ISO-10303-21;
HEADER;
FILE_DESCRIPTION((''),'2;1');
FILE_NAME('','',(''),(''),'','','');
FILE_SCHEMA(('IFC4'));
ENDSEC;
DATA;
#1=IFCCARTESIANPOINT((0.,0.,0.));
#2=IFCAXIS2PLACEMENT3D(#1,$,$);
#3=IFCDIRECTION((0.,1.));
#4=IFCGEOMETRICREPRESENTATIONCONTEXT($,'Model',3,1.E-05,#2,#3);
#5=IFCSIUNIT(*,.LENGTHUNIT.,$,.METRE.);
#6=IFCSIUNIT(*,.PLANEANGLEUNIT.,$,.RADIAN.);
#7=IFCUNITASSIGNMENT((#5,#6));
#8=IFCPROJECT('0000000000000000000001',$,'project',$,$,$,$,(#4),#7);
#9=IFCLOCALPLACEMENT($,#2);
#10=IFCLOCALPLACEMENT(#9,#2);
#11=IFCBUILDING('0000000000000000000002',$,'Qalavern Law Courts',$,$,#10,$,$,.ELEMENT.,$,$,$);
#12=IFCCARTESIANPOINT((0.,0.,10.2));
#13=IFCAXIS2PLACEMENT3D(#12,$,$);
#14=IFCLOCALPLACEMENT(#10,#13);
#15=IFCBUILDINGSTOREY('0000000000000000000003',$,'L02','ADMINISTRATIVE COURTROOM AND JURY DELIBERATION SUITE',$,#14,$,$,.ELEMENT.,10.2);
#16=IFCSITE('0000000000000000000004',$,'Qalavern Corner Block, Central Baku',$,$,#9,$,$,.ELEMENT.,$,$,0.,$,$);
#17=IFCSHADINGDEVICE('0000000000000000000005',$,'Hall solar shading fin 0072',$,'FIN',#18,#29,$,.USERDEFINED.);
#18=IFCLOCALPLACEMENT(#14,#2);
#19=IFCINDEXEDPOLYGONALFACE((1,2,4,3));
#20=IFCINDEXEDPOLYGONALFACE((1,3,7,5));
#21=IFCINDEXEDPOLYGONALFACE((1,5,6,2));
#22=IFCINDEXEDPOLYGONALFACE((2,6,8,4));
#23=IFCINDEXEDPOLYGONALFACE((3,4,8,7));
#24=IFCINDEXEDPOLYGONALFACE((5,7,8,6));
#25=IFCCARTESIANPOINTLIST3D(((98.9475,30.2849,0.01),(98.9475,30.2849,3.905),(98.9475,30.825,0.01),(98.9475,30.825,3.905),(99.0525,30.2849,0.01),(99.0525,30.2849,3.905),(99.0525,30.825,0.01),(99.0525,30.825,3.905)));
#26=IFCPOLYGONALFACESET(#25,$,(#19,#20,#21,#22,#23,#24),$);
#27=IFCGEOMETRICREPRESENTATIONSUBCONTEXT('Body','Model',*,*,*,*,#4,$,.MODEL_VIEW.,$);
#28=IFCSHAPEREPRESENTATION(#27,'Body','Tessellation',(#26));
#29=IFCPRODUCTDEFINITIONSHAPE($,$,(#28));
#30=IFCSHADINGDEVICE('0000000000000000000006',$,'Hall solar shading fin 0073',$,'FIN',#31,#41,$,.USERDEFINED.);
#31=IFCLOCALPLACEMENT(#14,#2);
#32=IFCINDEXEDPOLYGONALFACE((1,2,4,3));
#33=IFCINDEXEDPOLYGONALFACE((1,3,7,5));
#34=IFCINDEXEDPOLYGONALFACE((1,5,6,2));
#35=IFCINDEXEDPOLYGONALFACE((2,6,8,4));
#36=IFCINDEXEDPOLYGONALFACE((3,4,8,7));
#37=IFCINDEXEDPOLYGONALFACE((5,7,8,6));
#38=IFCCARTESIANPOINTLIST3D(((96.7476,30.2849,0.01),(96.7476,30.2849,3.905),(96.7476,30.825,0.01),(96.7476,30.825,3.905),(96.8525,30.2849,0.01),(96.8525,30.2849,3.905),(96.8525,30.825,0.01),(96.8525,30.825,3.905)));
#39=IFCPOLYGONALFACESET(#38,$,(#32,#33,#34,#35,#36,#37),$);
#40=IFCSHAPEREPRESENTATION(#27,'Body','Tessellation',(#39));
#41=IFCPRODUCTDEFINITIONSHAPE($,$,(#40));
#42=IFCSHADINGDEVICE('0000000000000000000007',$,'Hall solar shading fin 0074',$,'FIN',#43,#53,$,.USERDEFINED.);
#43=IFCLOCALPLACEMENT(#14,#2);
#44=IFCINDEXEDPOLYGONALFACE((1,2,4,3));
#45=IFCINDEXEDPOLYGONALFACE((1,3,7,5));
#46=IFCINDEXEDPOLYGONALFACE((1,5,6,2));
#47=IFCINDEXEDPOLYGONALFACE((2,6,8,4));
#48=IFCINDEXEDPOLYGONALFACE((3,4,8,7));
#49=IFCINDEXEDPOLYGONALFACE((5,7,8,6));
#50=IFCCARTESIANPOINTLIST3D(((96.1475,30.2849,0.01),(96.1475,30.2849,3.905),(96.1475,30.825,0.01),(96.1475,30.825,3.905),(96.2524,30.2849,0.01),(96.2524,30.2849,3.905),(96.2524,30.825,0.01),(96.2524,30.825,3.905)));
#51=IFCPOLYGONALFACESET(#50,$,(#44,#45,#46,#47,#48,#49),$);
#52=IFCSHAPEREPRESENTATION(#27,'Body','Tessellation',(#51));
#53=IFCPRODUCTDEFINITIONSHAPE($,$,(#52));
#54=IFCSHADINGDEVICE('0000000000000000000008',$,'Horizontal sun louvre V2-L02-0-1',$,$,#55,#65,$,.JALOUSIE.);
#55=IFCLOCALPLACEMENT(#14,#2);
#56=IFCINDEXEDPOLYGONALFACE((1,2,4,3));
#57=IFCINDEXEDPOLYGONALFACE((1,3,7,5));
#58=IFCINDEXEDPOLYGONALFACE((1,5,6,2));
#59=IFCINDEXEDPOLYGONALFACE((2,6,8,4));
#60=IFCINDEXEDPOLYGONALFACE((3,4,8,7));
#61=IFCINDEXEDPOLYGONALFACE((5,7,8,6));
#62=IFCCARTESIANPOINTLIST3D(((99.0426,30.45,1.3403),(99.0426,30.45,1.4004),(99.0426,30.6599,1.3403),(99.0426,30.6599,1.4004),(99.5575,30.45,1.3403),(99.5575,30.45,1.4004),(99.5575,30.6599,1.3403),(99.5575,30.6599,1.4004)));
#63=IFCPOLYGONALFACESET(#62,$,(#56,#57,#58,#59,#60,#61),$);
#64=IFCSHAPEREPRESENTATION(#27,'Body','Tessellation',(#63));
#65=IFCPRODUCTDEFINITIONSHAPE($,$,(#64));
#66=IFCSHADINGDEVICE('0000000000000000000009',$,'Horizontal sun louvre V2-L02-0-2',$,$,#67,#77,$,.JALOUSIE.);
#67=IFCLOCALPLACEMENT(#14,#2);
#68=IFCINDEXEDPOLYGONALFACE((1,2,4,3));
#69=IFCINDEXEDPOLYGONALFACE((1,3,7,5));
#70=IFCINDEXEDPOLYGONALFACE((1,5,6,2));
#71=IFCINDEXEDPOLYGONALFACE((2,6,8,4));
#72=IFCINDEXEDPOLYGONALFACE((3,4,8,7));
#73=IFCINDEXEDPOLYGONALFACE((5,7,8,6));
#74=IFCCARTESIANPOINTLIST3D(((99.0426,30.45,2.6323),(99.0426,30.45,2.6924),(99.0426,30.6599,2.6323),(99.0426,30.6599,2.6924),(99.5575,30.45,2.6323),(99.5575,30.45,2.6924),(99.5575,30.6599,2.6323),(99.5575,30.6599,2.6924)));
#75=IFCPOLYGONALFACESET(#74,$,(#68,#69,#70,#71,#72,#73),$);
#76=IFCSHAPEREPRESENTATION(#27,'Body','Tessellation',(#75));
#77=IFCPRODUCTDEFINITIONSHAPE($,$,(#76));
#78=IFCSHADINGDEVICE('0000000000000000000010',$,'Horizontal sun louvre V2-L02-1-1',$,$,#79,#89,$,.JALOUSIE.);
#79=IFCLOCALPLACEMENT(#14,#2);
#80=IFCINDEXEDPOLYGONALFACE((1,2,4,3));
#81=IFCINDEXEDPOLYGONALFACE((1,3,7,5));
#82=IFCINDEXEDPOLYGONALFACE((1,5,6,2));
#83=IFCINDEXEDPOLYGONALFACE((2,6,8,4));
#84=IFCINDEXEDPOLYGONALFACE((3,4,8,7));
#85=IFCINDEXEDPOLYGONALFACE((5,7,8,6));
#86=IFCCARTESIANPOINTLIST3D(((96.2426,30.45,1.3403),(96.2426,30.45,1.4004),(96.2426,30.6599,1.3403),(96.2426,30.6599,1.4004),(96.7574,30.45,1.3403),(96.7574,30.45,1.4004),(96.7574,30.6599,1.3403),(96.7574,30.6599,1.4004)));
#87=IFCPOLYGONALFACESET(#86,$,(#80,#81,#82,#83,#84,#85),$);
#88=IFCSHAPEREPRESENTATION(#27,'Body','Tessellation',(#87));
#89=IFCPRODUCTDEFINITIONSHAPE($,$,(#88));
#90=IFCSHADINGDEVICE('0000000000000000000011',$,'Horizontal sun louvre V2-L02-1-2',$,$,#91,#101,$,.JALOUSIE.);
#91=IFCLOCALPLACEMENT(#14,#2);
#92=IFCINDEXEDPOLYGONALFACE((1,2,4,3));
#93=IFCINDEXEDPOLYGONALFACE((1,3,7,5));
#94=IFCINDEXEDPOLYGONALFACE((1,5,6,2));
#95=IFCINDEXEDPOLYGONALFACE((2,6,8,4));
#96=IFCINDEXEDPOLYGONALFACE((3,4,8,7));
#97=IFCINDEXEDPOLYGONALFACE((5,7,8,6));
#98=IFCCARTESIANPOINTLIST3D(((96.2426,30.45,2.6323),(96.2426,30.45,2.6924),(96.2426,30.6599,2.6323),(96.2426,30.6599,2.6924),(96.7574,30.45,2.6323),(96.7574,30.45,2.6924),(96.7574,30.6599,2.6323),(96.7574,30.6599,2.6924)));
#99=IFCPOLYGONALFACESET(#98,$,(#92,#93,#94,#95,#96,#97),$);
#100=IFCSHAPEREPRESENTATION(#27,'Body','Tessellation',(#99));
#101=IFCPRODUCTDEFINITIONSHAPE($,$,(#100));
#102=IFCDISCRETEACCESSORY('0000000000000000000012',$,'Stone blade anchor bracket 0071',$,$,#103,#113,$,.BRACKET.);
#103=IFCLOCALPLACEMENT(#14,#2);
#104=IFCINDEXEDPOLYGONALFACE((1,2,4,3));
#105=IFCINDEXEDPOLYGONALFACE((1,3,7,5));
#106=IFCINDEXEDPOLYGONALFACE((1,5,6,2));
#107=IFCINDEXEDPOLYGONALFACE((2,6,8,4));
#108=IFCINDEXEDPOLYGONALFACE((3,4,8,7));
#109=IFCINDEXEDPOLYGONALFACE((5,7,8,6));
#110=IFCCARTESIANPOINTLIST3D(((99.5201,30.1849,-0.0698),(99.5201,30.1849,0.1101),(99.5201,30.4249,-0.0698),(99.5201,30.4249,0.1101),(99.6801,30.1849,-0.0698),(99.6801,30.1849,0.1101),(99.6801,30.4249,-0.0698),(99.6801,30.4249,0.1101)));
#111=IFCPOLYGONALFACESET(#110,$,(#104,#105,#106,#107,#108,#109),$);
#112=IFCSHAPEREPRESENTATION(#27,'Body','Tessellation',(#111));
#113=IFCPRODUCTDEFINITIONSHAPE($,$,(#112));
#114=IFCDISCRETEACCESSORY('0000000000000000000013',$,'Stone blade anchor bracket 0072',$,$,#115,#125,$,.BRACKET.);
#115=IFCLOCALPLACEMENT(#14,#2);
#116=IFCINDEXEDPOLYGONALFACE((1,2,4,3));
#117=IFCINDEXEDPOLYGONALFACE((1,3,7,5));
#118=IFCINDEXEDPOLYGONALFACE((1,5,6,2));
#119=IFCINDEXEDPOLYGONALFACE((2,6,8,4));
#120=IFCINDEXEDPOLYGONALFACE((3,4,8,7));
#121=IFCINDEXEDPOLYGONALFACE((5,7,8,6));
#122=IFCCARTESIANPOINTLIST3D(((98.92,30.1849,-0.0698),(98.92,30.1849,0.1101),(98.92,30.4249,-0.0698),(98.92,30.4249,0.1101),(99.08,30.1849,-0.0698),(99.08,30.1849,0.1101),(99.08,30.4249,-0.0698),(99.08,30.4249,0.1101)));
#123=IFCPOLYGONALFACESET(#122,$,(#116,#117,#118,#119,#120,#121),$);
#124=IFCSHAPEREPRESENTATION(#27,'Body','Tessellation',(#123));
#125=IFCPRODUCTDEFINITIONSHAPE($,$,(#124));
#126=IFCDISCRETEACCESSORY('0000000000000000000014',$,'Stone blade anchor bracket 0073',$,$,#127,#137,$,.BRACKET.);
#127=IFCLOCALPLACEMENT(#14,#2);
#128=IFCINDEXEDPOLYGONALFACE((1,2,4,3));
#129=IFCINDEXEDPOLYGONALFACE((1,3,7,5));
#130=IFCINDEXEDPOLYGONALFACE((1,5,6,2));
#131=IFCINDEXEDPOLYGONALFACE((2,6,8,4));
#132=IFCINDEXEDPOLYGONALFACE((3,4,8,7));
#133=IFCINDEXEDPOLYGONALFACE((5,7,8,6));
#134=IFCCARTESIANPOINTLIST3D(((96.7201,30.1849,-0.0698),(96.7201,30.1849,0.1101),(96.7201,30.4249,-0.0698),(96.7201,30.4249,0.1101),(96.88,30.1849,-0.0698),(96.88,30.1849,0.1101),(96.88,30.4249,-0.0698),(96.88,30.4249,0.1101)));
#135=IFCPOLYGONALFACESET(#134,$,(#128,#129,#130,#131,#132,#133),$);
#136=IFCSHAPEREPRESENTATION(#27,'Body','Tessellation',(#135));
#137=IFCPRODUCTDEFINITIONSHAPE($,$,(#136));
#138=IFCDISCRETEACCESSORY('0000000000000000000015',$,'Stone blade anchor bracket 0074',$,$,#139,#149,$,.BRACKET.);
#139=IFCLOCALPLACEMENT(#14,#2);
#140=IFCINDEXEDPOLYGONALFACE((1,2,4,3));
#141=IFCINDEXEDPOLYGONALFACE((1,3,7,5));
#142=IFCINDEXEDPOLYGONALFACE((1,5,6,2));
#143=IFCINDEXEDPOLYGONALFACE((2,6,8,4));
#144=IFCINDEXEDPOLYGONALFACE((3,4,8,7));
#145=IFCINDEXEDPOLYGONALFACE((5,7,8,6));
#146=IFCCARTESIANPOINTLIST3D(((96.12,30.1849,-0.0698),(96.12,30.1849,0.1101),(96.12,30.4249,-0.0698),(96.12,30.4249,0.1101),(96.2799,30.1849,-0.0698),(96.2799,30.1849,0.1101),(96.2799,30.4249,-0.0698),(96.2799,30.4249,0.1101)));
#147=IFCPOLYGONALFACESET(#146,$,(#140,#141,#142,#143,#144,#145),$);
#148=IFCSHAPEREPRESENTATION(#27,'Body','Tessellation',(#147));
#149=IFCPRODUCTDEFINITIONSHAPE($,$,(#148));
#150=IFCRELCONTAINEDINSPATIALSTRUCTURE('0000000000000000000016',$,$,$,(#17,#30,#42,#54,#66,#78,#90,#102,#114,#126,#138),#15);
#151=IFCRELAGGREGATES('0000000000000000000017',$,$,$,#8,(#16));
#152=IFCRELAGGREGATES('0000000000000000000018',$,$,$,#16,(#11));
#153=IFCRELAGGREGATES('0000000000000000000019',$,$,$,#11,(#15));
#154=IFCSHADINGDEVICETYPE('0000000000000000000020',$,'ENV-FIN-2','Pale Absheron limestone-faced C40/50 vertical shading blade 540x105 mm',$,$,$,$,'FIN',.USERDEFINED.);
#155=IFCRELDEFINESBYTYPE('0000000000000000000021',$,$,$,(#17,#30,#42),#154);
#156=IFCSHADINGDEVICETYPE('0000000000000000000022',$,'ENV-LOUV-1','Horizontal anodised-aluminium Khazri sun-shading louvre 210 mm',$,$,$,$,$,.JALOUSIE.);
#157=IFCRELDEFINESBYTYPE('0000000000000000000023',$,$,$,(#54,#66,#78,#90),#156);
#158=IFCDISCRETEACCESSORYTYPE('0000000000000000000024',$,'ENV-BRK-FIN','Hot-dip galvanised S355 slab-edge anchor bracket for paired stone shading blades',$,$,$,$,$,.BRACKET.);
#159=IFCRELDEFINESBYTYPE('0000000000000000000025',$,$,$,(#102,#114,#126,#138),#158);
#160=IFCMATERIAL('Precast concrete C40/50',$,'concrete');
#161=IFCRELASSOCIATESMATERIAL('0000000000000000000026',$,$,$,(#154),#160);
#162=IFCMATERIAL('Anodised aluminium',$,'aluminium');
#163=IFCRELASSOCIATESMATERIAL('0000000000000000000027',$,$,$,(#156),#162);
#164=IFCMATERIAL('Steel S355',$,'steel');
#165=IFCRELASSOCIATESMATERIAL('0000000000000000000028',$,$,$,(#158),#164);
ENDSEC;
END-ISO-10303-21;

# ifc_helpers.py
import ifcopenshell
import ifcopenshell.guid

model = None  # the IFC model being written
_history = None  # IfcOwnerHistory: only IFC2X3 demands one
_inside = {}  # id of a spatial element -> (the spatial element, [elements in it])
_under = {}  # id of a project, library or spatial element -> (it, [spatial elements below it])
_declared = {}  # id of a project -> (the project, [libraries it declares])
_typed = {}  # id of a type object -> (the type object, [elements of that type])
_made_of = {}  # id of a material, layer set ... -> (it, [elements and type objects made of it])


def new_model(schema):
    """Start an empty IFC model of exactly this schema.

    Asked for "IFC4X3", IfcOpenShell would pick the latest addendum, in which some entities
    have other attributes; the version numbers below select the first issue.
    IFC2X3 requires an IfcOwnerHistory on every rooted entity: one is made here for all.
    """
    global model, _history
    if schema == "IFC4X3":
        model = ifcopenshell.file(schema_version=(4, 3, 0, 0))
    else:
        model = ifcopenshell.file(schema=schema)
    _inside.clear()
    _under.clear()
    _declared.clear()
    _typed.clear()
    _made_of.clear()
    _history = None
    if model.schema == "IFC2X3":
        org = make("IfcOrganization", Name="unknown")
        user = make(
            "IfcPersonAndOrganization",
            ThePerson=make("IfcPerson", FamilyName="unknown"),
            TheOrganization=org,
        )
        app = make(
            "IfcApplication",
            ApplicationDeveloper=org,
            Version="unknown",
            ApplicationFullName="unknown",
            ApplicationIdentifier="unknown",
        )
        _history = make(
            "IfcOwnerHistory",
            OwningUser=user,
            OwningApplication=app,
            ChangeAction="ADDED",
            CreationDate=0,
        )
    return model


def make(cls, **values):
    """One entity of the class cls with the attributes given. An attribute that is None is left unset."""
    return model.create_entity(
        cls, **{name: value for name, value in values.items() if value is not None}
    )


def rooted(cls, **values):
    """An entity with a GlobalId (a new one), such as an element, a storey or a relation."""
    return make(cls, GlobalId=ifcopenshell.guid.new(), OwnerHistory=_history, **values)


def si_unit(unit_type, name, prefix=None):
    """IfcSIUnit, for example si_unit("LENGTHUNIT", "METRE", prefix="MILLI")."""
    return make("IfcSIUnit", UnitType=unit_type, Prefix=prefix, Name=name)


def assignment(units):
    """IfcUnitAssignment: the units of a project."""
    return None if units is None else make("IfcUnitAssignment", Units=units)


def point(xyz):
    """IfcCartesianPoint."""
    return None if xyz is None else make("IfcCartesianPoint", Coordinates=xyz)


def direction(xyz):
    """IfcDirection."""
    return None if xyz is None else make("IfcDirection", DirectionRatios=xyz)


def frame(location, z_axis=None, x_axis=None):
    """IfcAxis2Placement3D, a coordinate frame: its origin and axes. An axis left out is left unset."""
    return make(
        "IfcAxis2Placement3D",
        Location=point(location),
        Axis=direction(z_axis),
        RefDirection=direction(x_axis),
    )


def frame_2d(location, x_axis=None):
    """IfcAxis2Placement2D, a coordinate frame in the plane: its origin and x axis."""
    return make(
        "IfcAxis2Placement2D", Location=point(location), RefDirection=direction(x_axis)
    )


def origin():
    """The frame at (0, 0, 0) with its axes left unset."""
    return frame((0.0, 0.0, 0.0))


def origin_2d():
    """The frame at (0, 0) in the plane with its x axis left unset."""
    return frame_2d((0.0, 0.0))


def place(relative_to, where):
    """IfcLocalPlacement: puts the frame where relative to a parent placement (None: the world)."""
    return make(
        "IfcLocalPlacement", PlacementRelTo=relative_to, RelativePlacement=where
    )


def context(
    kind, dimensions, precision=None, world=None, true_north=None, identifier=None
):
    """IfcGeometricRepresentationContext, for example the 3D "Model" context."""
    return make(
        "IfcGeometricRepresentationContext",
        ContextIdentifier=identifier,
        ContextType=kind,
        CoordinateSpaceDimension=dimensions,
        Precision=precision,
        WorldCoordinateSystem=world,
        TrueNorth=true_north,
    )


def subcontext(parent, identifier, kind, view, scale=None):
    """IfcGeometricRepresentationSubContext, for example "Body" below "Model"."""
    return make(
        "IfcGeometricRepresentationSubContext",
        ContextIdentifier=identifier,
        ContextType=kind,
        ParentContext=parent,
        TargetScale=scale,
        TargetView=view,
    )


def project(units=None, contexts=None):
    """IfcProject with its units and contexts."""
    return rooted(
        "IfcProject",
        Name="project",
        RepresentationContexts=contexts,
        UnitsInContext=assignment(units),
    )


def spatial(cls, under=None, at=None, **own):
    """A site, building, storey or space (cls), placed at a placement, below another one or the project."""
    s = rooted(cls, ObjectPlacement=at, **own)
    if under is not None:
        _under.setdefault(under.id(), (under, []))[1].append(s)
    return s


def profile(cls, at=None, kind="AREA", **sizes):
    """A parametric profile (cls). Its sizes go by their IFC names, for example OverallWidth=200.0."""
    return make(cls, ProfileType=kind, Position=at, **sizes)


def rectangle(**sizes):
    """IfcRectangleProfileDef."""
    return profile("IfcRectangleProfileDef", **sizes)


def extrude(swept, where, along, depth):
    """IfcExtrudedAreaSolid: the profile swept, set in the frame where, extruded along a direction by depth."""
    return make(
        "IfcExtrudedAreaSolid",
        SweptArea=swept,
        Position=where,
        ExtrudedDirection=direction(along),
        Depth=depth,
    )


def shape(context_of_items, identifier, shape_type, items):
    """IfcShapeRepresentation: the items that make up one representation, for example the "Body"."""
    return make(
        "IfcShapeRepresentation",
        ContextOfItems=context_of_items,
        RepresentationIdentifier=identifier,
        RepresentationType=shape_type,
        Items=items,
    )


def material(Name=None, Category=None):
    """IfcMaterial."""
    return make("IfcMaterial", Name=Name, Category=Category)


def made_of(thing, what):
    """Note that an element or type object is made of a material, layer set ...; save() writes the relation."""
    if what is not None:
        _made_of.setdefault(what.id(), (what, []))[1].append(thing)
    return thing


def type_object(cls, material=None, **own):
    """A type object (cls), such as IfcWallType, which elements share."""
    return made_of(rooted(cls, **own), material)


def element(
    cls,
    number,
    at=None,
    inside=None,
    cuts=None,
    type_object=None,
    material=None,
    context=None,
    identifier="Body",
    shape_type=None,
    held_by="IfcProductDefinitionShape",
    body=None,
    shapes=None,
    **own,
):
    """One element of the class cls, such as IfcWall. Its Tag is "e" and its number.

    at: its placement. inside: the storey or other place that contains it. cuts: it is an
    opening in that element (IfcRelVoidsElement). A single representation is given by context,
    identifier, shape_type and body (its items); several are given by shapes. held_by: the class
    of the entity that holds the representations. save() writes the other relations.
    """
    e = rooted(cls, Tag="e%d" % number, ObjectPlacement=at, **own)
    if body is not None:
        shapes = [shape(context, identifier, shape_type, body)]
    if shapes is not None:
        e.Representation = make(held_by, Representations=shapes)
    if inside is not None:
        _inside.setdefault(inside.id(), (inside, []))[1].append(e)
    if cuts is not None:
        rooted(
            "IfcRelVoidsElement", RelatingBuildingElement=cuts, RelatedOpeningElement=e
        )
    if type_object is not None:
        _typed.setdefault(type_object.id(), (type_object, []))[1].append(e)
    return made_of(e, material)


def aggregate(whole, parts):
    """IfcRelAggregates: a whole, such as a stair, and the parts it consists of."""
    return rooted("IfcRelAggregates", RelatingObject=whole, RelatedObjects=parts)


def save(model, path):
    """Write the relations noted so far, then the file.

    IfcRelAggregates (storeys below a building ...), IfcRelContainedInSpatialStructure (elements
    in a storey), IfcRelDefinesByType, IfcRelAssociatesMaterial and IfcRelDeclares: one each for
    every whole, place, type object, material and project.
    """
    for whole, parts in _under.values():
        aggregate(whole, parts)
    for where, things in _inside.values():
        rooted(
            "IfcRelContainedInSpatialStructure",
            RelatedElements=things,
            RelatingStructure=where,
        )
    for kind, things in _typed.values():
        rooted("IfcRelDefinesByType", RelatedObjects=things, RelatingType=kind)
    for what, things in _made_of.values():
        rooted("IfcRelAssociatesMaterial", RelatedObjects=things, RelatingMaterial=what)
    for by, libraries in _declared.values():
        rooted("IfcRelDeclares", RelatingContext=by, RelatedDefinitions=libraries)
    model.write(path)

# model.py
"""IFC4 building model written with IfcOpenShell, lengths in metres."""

from ifc_helpers import new_model, si_unit, direction, frame, origin, origin_2d, place, context, subcontext, project, spatial, rectangle, extrude, material, type_object, element, save


model = new_model("IFC4")

# Units and contexts
model_context = context("Model", 3, precision=1e-05, world=origin(), true_north=direction((0.0, 1.0)))
body_context = subcontext(model_context, "Body", "Model", "MODEL_VIEW")
ifc_project = project(units=[si_unit("LENGTHUNIT", "METRE"), si_unit("PLANEANGLEUNIT", "RADIAN")], contexts=[model_context])

# Site, building, storey
site_placement = place(None, origin())
site = spatial("IfcSite", under=ifc_project, at=site_placement, Name="Qalavern Corner Block, Central Baku", CompositionType="ELEMENT", RefElevation=0.0)
building_placement = place(site_placement, origin())
building = spatial("IfcBuilding", under=site, at=building_placement, Name="Qalavern Law Courts", CompositionType="ELEMENT")
storey_placement = place(building_placement, frame((0.0, 0.0, 10.2)))
storey = spatial("IfcBuildingStorey", under=building, at=storey_placement, Name="L02", Description="ADMINISTRATIVE COURTROOM AND JURY DELIBERATION SUITE", CompositionType="ELEMENT", Elevation=10.2)

# Shared definitions
ifc_material_1 = material(Name="Anodised aluminium", Category="aluminium")

# Shared definitions
ifc_material_2 = material(Name="Precast concrete C40/50", Category="concrete")

# Shading devices
shading_device_type_1 = type_object("IfcShadingDeviceType", Name="ENV-FIN-2", Description="Pale Absheron limestone-faced C40/50 vertical shading blade 540x105 mm", ElementType="FIN", PredefinedType="USERDEFINED", material=ifc_material_2)
for number, where, z_axis, x_axis, name in (
    (1, (99.0, 30.5549, 0.01), (0.0, 0.0, 1.0), (0.0, 1.0, 0.0), "Hall solar shading fin 0072"),
    (2, (96.8, 30.5549, 0.01), (0.0, 0.0, 1.0), (0.0, 1.0, 0.0), "Hall solar shading fin 0073"),
    (3, (96.2, 30.5549, 0.01), (0.0, 0.0, 1.0), (0.0, 1.0, 0.0), "Hall solar shading fin 0074"),
):
    element("IfcShadingDevice", number, at=place(storey_placement, frame(where, z_axis=z_axis, x_axis=x_axis)), inside=storey, type_object=shading_device_type_1, Name=name, ObjectType="FIN", PredefinedType="USERDEFINED", context=body_context, shape_type="SweptSolid", body=[
        extrude(rectangle(XDim=0.54, YDim=0.105, at=origin_2d()), origin(), (0.0, 0.0, 1.0), 3.895),
    ])
shading_device_type_2 = type_object("IfcShadingDeviceType", Name="ENV-LOUV-1", Description="Horizontal anodised-aluminium Khazri sun-shading louvre 210 mm", PredefinedType="JALOUSIE", material=ifc_material_1)
for number, where, z_axis, x_axis, name in (
    (4, (99.3, 30.5549, 1.3403), (0.0, 0.0, 1.0), (-1.0, 0.0, 0.0), "Horizontal sun louvre V2-L02-0-1"),
    (5, (99.3, 30.5549, 2.6323), (0.0, 0.0, 1.0), (-1.0, 0.0, 0.0), "Horizontal sun louvre V2-L02-0-2"),
    (6, (96.5, 30.5549, 1.3403), (0.0, 0.0, 1.0), (-1.0, 0.0, 0.0), "Horizontal sun louvre V2-L02-1-1"),
    (7, (96.5, 30.5549, 2.6323), (0.0, 0.0, 1.0), (-1.0, 0.0, 0.0), "Horizontal sun louvre V2-L02-1-2"),
):
    element("IfcShadingDevice", number, at=place(storey_placement, frame(where, z_axis=z_axis, x_axis=x_axis)), inside=storey, type_object=shading_device_type_2, Name=name, PredefinedType="JALOUSIE", context=body_context, shape_type="SweptSolid", body=[
        extrude(rectangle(XDim=0.5149, YDim=0.21, at=origin_2d()), origin(), (0.0, 0.0, 1.0), 0.0601),
    ])

# Discrete accessories
ifc_material_3 = material(Name="Steel S355", Category="steel")
discrete_accessory_type = type_object("IfcDiscreteAccessoryType", Name="ENV-BRK-FIN", Description="Hot-dip galvanised S355 slab-edge anchor bracket for paired stone shading blades", PredefinedType="BRACKET", material=ifc_material_3)
for number, where, z_axis, x_axis, name in (
    (8, (99.6001, 30.3049, -0.0698), (0.0, 0.0, 1.0), (0.0, 1.0, 0.0), "Stone blade anchor bracket 0071"),
    (9, (99.0, 30.3049, -0.0698), (0.0, 0.0, 1.0), (0.0, 1.0, 0.0), "Stone blade anchor bracket 0072"),
    (10, (96.8, 30.3049, -0.0698), (0.0, 0.0, 1.0), (0.0, 1.0, 0.0), "Stone blade anchor bracket 0073"),
    (11, (96.2, 30.3049, -0.0698), (0.0, 0.0, 1.0), (0.0, 1.0, 0.0), "Stone blade anchor bracket 0074"),
):
    element("IfcDiscreteAccessory", number, at=place(storey_placement, frame(where, z_axis=z_axis, x_axis=x_axis)), inside=storey, type_object=discrete_accessory_type, Name=name, PredefinedType="BRACKET", context=body_context, shape_type="SweptSolid", body=[
        extrude(rectangle(XDim=0.24, YDim=0.1599, at=origin_2d()), origin(), (0.0, 0.0, 1.0), 0.1799),
    ])

save(model, "model.ifc")
